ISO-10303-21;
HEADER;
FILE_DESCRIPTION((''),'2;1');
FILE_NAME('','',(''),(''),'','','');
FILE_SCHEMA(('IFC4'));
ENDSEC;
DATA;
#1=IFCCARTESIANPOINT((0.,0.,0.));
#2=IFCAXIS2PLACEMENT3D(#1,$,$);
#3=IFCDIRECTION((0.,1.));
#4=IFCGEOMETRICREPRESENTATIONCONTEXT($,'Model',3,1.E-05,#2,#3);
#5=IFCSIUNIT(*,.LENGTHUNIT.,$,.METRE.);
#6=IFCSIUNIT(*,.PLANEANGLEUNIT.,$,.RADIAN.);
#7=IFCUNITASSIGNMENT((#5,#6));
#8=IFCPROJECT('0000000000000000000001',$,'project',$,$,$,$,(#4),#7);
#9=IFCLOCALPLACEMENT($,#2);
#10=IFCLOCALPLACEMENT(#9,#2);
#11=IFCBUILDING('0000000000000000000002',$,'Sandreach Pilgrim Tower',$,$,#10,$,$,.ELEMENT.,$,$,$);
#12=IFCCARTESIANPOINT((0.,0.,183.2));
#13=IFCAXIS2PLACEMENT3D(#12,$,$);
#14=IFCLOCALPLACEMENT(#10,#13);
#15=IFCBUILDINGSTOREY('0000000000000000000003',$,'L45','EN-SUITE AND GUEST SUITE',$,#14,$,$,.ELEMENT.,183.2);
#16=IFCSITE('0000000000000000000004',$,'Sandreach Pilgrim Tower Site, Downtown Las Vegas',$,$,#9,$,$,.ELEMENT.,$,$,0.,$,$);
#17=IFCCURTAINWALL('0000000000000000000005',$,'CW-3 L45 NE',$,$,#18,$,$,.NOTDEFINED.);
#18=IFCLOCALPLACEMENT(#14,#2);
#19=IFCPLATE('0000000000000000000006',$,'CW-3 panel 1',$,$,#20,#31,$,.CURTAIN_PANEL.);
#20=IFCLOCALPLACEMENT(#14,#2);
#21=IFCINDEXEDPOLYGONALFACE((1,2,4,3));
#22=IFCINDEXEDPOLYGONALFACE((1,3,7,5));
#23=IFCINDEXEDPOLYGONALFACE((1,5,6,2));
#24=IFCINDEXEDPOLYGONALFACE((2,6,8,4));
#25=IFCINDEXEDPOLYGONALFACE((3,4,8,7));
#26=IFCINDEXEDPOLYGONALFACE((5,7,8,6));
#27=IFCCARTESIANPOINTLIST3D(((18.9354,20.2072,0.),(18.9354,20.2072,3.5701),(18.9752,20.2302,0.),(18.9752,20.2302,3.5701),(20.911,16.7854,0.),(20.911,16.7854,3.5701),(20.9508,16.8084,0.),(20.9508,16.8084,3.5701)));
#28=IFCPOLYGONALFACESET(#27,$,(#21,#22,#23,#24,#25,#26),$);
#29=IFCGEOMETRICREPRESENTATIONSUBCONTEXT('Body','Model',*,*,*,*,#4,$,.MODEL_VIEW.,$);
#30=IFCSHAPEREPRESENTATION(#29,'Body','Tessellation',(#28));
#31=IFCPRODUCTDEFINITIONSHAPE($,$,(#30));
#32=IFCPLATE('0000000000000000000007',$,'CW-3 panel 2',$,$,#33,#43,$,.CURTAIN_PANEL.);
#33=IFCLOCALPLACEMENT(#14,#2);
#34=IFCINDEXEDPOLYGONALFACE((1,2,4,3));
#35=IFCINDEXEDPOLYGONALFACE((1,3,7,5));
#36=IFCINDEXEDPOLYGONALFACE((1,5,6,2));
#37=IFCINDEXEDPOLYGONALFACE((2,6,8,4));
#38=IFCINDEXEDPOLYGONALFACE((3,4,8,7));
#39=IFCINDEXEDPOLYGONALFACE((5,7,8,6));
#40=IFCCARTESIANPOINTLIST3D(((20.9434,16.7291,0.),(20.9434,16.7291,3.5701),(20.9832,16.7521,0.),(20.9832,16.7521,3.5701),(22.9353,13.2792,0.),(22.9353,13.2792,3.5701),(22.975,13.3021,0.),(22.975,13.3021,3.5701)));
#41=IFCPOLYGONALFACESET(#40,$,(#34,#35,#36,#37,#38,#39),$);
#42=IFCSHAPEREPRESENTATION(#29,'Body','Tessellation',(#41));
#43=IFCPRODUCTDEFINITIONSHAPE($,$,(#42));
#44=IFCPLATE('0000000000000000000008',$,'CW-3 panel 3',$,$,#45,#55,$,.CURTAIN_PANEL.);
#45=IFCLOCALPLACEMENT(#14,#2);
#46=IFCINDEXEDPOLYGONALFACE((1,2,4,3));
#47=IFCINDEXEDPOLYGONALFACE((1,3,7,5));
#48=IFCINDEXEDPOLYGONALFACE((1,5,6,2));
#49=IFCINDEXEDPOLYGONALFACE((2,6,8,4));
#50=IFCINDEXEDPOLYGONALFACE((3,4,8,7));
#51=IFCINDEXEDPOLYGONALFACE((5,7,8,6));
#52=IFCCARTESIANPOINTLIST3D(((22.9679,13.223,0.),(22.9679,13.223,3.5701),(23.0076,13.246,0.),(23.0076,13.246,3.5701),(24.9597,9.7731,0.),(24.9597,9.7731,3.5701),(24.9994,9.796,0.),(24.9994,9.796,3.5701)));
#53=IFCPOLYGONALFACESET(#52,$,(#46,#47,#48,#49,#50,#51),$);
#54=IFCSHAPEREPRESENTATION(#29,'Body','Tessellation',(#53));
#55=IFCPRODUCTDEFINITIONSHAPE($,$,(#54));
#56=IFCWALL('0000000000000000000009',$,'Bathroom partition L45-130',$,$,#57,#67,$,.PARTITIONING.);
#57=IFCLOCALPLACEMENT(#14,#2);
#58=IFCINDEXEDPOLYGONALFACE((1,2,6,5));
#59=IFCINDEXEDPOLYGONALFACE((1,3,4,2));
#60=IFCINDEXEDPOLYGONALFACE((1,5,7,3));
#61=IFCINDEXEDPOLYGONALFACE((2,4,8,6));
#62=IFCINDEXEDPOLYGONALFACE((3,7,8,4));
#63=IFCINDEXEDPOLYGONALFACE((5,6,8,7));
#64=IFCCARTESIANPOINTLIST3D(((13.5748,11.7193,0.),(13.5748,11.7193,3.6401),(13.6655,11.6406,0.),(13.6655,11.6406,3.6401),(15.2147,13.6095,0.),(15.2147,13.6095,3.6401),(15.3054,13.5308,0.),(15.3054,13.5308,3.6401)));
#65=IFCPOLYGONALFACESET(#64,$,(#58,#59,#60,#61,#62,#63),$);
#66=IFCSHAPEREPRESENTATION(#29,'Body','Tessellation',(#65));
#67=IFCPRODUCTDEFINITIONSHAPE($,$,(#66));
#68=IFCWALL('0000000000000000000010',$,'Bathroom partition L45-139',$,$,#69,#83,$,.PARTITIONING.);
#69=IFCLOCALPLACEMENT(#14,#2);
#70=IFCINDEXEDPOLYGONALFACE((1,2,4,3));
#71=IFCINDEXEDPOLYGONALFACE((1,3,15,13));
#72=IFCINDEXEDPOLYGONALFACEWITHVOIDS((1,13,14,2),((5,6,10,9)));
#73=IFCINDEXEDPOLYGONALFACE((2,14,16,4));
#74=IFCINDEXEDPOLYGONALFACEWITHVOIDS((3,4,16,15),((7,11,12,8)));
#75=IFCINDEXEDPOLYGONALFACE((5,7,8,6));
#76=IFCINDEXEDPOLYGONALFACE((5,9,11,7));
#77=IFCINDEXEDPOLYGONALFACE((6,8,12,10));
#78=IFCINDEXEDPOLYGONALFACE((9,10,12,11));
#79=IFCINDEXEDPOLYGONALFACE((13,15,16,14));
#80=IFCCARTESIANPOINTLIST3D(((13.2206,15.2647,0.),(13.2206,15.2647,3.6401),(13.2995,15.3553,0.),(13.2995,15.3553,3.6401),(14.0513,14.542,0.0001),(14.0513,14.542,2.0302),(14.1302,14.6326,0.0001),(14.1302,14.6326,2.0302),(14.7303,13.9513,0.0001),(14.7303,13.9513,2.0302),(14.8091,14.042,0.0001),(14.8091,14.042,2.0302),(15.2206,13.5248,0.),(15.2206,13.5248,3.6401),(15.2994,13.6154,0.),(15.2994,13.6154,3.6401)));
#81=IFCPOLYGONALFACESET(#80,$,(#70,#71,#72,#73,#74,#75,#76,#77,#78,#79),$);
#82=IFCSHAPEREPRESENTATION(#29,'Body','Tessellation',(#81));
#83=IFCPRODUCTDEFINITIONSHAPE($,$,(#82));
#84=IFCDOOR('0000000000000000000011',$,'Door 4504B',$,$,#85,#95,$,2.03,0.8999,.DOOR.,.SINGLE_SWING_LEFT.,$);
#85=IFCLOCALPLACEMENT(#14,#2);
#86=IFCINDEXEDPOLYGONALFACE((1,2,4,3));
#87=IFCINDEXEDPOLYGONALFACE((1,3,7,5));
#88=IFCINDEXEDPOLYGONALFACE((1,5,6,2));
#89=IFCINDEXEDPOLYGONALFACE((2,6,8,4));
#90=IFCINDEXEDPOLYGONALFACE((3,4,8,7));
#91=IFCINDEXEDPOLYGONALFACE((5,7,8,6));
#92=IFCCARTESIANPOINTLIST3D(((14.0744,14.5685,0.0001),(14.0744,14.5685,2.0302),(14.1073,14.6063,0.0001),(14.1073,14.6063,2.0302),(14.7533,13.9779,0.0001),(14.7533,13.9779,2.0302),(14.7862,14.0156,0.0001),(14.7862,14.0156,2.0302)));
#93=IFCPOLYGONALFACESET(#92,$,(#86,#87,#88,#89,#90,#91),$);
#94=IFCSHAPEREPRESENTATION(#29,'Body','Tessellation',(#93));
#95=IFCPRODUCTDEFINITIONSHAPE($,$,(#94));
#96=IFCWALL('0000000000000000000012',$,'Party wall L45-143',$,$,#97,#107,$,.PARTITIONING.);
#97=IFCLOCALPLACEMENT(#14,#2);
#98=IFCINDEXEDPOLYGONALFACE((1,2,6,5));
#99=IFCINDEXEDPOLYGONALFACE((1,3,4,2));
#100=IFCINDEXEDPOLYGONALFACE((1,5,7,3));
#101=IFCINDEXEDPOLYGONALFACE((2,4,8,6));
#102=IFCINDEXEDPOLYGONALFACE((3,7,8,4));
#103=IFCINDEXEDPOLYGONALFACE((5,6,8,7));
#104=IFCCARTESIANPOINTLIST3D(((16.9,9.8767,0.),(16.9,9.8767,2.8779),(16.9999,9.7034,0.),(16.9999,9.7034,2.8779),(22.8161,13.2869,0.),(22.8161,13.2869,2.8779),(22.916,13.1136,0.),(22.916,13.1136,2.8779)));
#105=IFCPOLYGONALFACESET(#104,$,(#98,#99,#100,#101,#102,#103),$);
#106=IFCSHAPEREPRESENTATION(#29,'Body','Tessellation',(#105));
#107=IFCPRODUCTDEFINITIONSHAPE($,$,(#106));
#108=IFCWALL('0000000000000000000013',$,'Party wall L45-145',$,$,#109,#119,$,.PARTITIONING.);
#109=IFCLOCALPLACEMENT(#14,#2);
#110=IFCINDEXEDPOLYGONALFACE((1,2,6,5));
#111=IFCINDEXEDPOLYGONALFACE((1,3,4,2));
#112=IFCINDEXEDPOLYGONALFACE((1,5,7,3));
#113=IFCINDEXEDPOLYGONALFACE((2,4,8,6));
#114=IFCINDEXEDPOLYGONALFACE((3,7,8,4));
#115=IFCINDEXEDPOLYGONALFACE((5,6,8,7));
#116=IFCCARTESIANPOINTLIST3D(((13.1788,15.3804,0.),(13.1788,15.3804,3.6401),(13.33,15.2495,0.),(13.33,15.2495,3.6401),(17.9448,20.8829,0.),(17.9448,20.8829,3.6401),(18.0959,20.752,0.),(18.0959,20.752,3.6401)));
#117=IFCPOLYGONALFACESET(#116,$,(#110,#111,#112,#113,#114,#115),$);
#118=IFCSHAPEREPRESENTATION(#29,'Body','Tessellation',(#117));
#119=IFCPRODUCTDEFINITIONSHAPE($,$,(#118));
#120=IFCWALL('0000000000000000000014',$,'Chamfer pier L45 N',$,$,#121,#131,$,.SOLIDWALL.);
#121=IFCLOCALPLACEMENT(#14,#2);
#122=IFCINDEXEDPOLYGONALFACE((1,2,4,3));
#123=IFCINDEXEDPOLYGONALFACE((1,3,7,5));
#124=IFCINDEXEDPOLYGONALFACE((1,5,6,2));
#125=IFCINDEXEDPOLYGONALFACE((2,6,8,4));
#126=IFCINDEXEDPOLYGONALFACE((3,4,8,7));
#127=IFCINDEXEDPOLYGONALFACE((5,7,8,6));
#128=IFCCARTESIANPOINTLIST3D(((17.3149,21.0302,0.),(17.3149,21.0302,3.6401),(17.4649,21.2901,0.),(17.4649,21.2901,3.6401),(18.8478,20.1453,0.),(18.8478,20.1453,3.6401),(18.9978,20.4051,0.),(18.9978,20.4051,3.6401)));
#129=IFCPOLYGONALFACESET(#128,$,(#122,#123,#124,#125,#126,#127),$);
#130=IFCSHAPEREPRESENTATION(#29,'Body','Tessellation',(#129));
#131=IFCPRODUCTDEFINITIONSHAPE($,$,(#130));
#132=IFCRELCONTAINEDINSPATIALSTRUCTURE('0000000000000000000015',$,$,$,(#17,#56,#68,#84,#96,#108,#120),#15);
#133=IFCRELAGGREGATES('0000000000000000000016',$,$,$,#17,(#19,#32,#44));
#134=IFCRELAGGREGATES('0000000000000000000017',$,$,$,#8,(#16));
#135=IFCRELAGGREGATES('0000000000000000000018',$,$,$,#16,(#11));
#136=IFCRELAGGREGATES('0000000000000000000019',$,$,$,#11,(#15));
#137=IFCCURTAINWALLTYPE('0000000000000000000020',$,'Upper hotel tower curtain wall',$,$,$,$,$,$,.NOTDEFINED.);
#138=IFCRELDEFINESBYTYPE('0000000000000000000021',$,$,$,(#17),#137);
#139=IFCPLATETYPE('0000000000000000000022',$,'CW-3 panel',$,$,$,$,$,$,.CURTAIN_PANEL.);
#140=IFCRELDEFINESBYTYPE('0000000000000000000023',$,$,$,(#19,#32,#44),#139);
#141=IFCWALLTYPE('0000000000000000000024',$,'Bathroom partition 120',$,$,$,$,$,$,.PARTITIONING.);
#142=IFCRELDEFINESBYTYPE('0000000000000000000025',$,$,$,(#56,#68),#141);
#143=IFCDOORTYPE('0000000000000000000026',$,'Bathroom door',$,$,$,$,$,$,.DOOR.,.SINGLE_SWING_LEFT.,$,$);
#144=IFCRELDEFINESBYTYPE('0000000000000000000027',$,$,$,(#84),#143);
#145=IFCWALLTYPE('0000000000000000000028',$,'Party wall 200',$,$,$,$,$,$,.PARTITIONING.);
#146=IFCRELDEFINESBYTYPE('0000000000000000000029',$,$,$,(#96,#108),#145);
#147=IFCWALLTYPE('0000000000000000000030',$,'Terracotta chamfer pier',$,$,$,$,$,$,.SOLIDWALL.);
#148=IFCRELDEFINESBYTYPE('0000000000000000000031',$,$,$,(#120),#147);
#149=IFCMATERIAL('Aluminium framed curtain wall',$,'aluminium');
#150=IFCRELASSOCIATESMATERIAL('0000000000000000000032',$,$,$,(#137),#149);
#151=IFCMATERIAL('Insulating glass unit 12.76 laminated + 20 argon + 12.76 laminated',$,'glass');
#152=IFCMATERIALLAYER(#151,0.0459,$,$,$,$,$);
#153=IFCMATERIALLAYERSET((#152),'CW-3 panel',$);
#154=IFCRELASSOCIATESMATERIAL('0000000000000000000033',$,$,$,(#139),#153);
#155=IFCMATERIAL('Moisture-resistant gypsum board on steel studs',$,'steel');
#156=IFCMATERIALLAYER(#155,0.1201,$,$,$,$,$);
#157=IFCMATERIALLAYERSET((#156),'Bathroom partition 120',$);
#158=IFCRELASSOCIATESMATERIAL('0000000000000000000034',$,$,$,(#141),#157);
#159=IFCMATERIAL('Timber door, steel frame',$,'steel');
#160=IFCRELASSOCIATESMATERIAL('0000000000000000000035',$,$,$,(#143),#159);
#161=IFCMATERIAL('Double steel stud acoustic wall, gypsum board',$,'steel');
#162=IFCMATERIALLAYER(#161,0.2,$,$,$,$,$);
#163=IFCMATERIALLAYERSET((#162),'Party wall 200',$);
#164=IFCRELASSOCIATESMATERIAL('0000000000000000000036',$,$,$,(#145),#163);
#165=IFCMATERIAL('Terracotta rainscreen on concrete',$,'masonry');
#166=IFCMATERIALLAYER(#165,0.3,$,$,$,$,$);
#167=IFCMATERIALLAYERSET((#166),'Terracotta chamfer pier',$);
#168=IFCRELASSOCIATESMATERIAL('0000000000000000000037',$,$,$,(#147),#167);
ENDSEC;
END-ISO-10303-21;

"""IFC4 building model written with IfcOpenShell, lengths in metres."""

from ifc_helpers import new_model, si_unit, direction, frame, frame_2d, origin, origin_2d, place, context, subcontext, project, spatial, rectangle, extrude, material, layer, layer_set, type_object, element, fill, aggregate, save


model = new_model("IFC4")

# Units and contexts
model_context = context("Model", 3, precision=1e-05, world=origin(), true_north=direction((0.0, 1.0)))
body_context = subcontext(model_context, "Body", "Model", "MODEL_VIEW")
ifc_project = project(units=[si_unit("LENGTHUNIT", "METRE"), si_unit("PLANEANGLEUNIT", "RADIAN")], contexts=[model_context])

# Site, building, storey
site_placement = place(None, origin())
site = spatial("IfcSite", under=ifc_project, at=site_placement, Name="Sandreach Pilgrim Tower Site, Downtown Las Vegas", CompositionType="ELEMENT", RefElevation=0.0)
building_placement = place(site_placement, origin())
building = spatial("IfcBuilding", under=site, at=building_placement, Name="Sandreach Pilgrim Tower", CompositionType="ELEMENT")
storey_placement = place(building_placement, frame((0.0, 0.0, 183.2)))
storey = spatial("IfcBuildingStorey", under=building, at=storey_placement, Name="L45", Description="EN-SUITE AND GUEST SUITE", CompositionType="ELEMENT", Elevation=183.2)

# Shared definitions
ifc_material_1 = material(Name="Aluminium framed curtain wall", Category="aluminium")
curtain_wall_type = type_object("IfcCurtainWallType", Name="Upper hotel tower curtain wall", PredefinedType="NOTDEFINED", material=ifc_material_1)

# Curtain wall
curtain_wall_1_placement = place(storey_placement, origin())
curtain_wall_1 = element("IfcCurtainWall", 1, at=curtain_wall_1_placement, inside=storey, type_object=curtain_wall_type, Name="CW-3 L45 NE", PredefinedType="NOTDEFINED")

# Plates
ifc_material_2 = material(Name="Insulating glass unit 12.76 laminated + 20 argon + 12.76 laminated", Category="glass")
ifc_layer_1 = layer(ifc_material_2, 0.0459)
ifc_layer_set_1 = layer_set([ifc_layer_1], Name="CW-3 panel")
plate_type = type_object("IfcPlateType", Name="CW-3 panel", PredefinedType="CURTAIN_PANEL", material=ifc_layer_set_1)
plate_1_placement = place(storey_placement, frame((19.9431, 18.5078, 0.0), z_axis=(0.0, 0.0, 1.0), x_axis=(0.5, -0.866025, 0.0)))
plate_1 = element("IfcPlate", 2, at=plate_1_placement, type_object=plate_type, Name="CW-3 panel 1", PredefinedType="CURTAIN_PANEL", context=body_context, shape_type="SweptSolid", body=[
    extrude(rectangle(XDim=3.9512, YDim=0.0459, at=origin_2d()), origin(), (0.0, 0.0, 1.0), 3.5701),
])
plate_2_placement = place(storey_placement, frame((21.9592, 15.0156, 0.0), z_axis=(0.0, 0.0, 1.0), x_axis=(0.5, -0.866025, 0.0)))
plate_2 = element("IfcPlate", 3, at=plate_2_placement, type_object=plate_type, Name="CW-3 panel 2", PredefinedType="CURTAIN_PANEL", context=body_context, shape_type="SweptSolid", body=[
    extrude(rectangle(XDim=3.9836, YDim=0.0459, at=origin_2d()), origin(), (0.0, 0.0, 1.0), 3.5701),
])
plate_3_placement = place(storey_placement, frame((23.9836, 11.5095, 0.0), z_axis=(0.0, 0.0, 1.0), x_axis=(0.5, -0.866025, 0.0)))
plate_3 = element("IfcPlate", 4, at=plate_3_placement, type_object=plate_type, Name="CW-3 panel 3", PredefinedType="CURTAIN_PANEL", context=body_context, shape_type="SweptSolid", body=[
    extrude(rectangle(XDim=3.9836, YDim=0.0459, at=origin_2d()), origin(), (0.0, 0.0, 1.0), 3.5701),
])
aggregate(curtain_wall_1, [plate_1, plate_2, plate_3])

# Wall
ifc_material_3 = material(Name="Moisture-resistant gypsum board on steel studs", Category="steel")
ifc_layer_2 = layer(ifc_material_3, 0.1201)
ifc_layer_set_2 = layer_set([ifc_layer_2], Name="Bathroom partition 120")
wall_type_1 = type_object("IfcWallType", Name="Bathroom partition 120", PredefinedType="PARTITIONING", material=ifc_layer_set_2)
wall_1_placement = place(storey_placement, frame((13.6201, 11.6799, 0.0), z_axis=(0.0, 0.0, 1.0), x_axis=(0.655335, 0.755338, 0.0)))
element("IfcWall", 5, at=wall_1_placement, inside=storey, type_object=wall_type_1, Name="Bathroom partition L45-130", PredefinedType="PARTITIONING", context=body_context, shape_type="SweptSolid", body=[
    extrude(rectangle(XDim=2.5024, YDim=0.1201, at=frame_2d((1.2512, 0.0))), origin(), (0.0, 0.0, 1.0), 3.6401),
])

# Wall, opening, door
wall_2_placement = place(storey_placement, frame((15.26, 13.5701, 0.0), z_axis=(0.0, 0.0, 1.0), x_axis=(-0.754445, 0.656363, 0.0)))
wall_2 = element("IfcWall", 6, at=wall_2_placement, inside=storey, type_object=wall_type_1, Name="Bathroom partition L45-139", PredefinedType="PARTITIONING", context=body_context, shape_type="SweptSolid", body=[
    extrude(rectangle(XDim=2.6509, YDim=0.1201, at=frame_2d((1.3254, 0.0))), origin(), (0.0, 0.0, 1.0), 3.6401),
])
opening_placement = place(wall_2_placement, frame((0.6499, 0.0, 0.0)))
opening = element("IfcOpeningElement", 7, at=opening_placement, cuts=wall_2, PredefinedType="OPENING", context=body_context, shape_type="SweptSolid", body=[
    extrude(rectangle(XDim=0.8999, YDim=2.03, at=frame_2d((0.45, 1.0151))), frame((0.0, 0.0601, 0.0), z_axis=(0.0, -1.0, 0.0), x_axis=(1.0, 0.0, 0.0)), (0.0, 0.0, 1.0), 0.1201),
])
ifc_material_4 = material(Name="Timber door, steel frame", Category="steel")
door_type = type_object("IfcDoorType", Name="Bathroom door", OperationType="SINGLE_SWING_LEFT", PredefinedType="DOOR", material=ifc_material_4)
door_placement = place(opening_placement, origin())
door = element("IfcDoor", 8, at=door_placement, inside=storey, type_object=door_type, Name="Door 4504B", OperationType="SINGLE_SWING_LEFT", OverallHeight=2.03, OverallWidth=0.8999, PredefinedType="DOOR", context=body_context, shape_type="SweptSolid", body=[
    extrude(rectangle(XDim=0.8999, YDim=2.03, at=frame_2d((0.45, 1.0151))), frame((0.0, 0.0249, 0.0), z_axis=(0.0, -1.0, 0.0), x_axis=(1.0, 0.0, 0.0)), (0.0, 0.0, 1.0), 0.05),
])
fill(opening, door)

# Walls
ifc_material_5 = material(Name="Double steel stud acoustic wall, gypsum board", Category="steel")
ifc_layer_3 = layer(ifc_material_5, 0.2)
ifc_layer_set_3 = layer_set([ifc_layer_3], Name="Party wall 200")
wall_type_2 = type_object("IfcWallType", Name="Party wall 200", PredefinedType="PARTITIONING", material=ifc_layer_set_3)
wall_3_placement = place(storey_placement, frame((16.95, 9.79, 0.0), z_axis=(0.0, 0.0, 1.0), x_axis=(0.866371, 0.499401, 0.0)))
element("IfcWall", 9, at=wall_3_placement, inside=storey, type_object=wall_type_2, Name="Party wall L45-143", PredefinedType="PARTITIONING", context=body_context, shape_type="SweptSolid", body=[
    extrude(rectangle(XDim=6.8286, YDim=0.2, at=frame_2d((3.4143, 0.0))), origin(), (0.0, 0.0, 1.0), 2.8779),
])
wall_4_placement = place(storey_placement, frame((18.0203, 20.8174, 0.0), z_axis=(0.0, 0.0, 1.0), x_axis=(-0.654702, -0.755887, 0.0)))
element("IfcWall", 10, at=wall_4_placement, inside=storey, type_object=wall_type_2, Name="Party wall L45-145", PredefinedType="PARTITIONING", context=body_context, shape_type="SweptSolid", body=[
    extrude(rectangle(XDim=7.2795, YDim=0.2, at=frame_2d((3.6396, 0.0))), origin(), (0.0, 0.0, 1.0), 3.6401),
])
ifc_material_6 = material(Name="Terracotta rainscreen on concrete", Category="masonry")
ifc_layer_4 = layer(ifc_material_6, 0.3)
ifc_layer_set_4 = layer_set([ifc_layer_4], Name="Terracotta chamfer pier")
wall_type_3 = type_object("IfcWallType", Name="Terracotta chamfer pier", PredefinedType="SOLIDWALL", material=ifc_layer_set_4)
wall_5_placement = place(storey_placement, frame((17.3899, 21.1602, 0.0), z_axis=(0.0, 0.0, 1.0), x_axis=(0.866036, -0.499981, 0.0)))
element("IfcWall", 11, at=wall_5_placement, inside=storey, type_object=wall_type_3, Name="Chamfer pier L45 N", PredefinedType="SOLIDWALL", context=body_context, shape_type="SweptSolid", body=[
    extrude(rectangle(XDim=1.77, YDim=0.3, at=frame_2d((0.885, 0.0))), origin(), (0.0, 0.0, 1.0), 3.6401),
])

save(model, "model.ifc")
